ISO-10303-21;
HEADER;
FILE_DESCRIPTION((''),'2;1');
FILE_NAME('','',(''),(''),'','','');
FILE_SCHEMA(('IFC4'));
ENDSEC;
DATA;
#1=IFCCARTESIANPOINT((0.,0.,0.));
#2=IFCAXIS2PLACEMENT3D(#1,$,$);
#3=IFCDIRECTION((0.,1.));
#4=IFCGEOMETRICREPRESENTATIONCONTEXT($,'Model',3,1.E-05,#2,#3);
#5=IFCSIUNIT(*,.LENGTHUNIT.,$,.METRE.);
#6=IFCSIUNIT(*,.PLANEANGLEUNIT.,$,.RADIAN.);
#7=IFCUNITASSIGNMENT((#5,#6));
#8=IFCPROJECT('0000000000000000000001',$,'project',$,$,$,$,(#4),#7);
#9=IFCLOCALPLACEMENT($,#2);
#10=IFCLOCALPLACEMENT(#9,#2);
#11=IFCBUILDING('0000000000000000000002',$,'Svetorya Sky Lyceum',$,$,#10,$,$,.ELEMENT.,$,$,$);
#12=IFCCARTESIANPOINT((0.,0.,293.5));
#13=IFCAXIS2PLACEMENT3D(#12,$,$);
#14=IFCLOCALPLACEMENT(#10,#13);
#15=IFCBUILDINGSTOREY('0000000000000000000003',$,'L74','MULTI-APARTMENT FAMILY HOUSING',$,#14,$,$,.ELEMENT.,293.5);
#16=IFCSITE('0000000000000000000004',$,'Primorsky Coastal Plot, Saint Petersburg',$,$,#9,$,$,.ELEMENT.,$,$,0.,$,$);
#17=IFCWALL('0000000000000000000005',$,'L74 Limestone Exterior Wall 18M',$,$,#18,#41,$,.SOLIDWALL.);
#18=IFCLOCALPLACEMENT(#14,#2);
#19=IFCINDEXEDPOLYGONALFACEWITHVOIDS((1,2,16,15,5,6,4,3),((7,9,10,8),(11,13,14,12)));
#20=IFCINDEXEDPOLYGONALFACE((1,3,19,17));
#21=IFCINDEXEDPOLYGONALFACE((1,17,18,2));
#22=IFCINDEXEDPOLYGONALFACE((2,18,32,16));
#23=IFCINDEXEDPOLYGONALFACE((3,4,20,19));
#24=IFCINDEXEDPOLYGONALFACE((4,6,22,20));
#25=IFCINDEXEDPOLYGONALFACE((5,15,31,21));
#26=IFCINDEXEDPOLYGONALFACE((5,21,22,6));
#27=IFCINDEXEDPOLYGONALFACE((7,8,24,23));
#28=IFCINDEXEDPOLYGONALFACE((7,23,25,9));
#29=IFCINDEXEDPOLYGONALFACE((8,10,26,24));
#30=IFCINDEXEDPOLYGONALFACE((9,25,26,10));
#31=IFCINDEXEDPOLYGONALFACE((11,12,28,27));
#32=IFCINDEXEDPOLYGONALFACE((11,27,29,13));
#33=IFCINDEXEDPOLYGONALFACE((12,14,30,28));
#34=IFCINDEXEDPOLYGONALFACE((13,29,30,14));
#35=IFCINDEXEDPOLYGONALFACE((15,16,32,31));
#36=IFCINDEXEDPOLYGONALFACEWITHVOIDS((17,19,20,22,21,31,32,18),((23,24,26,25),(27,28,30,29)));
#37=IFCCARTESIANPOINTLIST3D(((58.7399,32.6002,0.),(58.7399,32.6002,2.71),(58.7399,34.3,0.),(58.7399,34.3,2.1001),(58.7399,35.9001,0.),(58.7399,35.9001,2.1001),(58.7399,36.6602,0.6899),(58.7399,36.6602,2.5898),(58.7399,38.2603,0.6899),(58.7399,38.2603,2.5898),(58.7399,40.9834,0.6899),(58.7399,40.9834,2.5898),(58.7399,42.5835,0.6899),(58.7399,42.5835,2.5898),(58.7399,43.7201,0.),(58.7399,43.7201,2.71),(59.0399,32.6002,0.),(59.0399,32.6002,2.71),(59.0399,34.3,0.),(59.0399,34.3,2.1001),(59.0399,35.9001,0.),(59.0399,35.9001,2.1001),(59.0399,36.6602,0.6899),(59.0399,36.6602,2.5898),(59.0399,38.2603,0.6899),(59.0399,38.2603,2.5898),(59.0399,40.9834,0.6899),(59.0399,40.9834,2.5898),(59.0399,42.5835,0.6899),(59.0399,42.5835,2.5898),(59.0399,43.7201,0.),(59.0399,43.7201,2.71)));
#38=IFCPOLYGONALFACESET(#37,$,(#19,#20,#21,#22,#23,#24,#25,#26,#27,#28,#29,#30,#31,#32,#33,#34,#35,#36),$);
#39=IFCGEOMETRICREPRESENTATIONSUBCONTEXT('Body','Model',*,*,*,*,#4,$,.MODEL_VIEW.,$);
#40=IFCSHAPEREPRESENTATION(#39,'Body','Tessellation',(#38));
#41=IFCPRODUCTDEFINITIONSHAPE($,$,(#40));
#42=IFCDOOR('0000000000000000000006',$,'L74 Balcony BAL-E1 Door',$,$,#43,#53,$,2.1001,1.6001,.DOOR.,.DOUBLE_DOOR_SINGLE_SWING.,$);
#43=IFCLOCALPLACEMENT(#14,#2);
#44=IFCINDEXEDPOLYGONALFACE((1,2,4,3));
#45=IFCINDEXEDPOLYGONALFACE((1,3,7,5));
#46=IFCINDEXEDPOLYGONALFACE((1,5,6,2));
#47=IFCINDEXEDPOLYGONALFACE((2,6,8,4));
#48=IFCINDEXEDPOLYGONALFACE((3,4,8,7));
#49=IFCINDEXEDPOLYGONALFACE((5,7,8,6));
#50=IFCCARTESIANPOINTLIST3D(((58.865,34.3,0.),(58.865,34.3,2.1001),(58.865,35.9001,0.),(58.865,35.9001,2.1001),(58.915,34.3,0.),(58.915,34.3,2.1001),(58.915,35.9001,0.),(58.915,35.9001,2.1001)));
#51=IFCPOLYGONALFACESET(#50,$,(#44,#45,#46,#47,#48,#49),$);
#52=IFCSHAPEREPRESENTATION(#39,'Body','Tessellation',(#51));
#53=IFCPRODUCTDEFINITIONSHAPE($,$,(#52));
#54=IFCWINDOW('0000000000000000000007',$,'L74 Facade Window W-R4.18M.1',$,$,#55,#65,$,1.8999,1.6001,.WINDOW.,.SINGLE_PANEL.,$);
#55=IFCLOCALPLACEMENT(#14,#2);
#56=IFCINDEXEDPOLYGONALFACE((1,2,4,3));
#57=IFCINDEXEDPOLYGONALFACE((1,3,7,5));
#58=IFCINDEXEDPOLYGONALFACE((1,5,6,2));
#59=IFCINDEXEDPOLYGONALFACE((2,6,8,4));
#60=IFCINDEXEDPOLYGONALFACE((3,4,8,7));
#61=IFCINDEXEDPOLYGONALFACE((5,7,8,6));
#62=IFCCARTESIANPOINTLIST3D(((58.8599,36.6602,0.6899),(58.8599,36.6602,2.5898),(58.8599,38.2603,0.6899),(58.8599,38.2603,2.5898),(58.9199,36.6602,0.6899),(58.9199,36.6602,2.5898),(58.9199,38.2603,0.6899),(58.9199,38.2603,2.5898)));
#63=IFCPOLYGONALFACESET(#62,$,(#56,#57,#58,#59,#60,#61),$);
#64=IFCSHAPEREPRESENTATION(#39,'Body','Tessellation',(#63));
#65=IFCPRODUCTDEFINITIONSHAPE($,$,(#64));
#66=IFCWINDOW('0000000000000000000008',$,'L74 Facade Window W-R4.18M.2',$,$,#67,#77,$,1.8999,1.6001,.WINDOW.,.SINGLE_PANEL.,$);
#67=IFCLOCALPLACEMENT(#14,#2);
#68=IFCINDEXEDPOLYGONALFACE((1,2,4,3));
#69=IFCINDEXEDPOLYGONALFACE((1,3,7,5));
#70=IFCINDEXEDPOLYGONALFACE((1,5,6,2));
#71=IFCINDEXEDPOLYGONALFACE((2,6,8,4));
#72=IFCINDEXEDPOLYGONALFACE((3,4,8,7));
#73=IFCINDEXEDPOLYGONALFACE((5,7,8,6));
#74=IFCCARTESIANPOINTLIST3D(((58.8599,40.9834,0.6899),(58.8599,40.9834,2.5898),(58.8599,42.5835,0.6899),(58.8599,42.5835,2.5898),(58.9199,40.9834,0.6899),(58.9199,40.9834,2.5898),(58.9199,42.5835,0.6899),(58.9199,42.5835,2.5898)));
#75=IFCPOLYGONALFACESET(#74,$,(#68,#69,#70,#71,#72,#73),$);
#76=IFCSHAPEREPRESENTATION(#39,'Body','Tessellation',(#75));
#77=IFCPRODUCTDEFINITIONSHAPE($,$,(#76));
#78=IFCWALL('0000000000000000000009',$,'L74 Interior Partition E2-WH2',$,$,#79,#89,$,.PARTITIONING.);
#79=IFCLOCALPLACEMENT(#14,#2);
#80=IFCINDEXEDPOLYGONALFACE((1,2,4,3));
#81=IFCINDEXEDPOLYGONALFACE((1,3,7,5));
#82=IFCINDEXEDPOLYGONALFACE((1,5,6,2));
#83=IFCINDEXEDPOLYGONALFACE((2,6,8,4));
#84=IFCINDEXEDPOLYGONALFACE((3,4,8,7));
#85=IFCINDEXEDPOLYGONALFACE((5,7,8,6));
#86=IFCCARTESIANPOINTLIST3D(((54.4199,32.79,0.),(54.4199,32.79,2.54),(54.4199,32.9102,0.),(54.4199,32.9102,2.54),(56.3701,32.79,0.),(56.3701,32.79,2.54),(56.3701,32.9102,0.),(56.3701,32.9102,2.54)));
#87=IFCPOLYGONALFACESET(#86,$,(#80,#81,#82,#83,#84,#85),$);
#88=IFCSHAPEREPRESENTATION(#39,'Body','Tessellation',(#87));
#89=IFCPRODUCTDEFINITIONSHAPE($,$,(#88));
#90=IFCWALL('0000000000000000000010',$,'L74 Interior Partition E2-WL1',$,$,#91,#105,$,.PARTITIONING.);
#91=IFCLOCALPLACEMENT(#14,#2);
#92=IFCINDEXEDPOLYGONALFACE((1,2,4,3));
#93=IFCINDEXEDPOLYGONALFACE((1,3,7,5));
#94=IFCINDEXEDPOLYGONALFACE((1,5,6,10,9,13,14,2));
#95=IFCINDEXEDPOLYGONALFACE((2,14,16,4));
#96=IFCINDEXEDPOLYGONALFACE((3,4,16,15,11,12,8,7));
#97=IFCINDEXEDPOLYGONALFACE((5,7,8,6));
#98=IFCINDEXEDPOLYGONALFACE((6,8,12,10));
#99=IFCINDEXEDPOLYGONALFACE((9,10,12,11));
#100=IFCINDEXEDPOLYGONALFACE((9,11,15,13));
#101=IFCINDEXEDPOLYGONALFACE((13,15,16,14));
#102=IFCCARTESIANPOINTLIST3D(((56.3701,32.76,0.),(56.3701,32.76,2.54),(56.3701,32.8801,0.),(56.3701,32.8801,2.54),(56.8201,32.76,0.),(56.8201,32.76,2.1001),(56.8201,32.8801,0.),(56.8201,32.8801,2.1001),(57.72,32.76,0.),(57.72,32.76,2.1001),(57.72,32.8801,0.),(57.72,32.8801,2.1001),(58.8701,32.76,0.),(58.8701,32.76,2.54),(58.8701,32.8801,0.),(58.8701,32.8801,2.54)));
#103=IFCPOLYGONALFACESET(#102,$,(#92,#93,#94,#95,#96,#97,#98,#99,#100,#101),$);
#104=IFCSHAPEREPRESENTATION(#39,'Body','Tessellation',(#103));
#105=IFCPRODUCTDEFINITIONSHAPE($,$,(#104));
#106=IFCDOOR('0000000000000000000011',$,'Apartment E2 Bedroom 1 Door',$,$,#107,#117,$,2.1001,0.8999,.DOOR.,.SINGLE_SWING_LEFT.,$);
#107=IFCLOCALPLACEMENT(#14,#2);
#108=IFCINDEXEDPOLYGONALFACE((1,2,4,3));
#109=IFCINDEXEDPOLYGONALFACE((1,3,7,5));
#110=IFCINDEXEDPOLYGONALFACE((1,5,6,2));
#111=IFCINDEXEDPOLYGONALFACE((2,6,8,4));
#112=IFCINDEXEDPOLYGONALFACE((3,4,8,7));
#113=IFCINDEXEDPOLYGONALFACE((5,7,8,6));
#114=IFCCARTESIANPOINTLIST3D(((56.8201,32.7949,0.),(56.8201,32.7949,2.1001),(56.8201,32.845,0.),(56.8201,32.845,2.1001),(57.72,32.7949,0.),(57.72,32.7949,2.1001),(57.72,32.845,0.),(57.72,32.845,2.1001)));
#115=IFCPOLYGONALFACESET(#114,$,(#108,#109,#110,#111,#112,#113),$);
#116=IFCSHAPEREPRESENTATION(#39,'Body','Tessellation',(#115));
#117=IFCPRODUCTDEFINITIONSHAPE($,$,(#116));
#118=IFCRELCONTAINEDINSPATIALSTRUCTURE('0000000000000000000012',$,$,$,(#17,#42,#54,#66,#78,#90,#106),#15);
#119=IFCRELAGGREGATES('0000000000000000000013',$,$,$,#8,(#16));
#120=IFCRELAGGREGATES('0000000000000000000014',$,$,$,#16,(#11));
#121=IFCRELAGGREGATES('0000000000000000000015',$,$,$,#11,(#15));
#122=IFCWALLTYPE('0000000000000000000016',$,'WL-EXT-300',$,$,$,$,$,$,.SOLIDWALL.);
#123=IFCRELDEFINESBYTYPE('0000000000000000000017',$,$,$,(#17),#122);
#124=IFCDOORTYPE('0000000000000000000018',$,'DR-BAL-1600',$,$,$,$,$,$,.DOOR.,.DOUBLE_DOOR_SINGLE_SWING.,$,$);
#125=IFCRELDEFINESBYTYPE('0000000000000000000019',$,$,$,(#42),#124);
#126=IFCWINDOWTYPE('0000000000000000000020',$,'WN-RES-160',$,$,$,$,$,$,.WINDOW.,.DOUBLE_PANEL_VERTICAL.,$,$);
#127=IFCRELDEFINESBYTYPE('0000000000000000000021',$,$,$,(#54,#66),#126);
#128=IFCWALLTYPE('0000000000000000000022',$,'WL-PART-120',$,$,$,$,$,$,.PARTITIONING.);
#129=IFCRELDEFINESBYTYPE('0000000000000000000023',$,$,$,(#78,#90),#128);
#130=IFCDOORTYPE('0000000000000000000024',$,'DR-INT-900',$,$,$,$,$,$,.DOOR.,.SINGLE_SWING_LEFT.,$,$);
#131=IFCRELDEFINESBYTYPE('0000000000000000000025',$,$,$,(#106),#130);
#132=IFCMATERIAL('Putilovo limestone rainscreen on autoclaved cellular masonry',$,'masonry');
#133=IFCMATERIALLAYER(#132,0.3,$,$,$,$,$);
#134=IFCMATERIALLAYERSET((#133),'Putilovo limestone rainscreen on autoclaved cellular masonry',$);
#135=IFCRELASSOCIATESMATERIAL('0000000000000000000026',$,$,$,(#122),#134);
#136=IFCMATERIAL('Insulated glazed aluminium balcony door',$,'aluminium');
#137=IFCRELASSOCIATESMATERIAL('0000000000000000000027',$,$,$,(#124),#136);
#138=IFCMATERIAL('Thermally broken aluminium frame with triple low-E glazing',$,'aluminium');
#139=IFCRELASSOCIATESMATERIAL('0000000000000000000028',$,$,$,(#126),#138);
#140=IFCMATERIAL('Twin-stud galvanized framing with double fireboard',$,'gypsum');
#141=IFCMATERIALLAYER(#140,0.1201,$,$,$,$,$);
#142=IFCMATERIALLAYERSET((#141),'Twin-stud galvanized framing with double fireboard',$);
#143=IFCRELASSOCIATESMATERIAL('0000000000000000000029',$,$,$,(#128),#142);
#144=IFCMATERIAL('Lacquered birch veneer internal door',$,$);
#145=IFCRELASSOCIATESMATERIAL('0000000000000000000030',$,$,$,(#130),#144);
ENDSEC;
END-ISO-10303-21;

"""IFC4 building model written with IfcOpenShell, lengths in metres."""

from ifc_helpers import new_model, si_unit, direction, frame, frame_2d, origin, place, context, subcontext, project, spatial, rectangle, extrude, material, layer, layer_set, type_object, element, fill, save


model = new_model("IFC4")

# Units and contexts
model_context = context("Model", 3, precision=1e-05, world=origin(), true_north=direction((0.0, 1.0)))
body_context = subcontext(model_context, "Body", "Model", "MODEL_VIEW")
ifc_project = project(units=[si_unit("LENGTHUNIT", "METRE"), si_unit("PLANEANGLEUNIT", "RADIAN")], contexts=[model_context])

# Site, building, storey
site_placement = place(None, origin())
site = spatial("IfcSite", under=ifc_project, at=site_placement, Name="Primorsky Coastal Plot, Saint Petersburg", CompositionType="ELEMENT", RefElevation=0.0)
building_placement = place(site_placement, origin())
building = spatial("IfcBuilding", under=site, at=building_placement, Name="Svetorya Sky Lyceum", CompositionType="ELEMENT")
storey_placement = place(building_placement, frame((0.0, 0.0, 293.5)))
storey = spatial("IfcBuildingStorey", under=building, at=storey_placement, Name="L74", Description="MULTI-APARTMENT FAMILY HOUSING", CompositionType="ELEMENT", Elevation=293.5)

# Wall, openings, door, windows
ifc_material_1 = material(Name="Putilovo limestone rainscreen on autoclaved cellular masonry", Category="masonry")
ifc_layer_1 = layer(ifc_material_1, 0.3)
ifc_layer_set_1 = layer_set([ifc_layer_1], Name="Putilovo limestone rainscreen on autoclaved cellular masonry")
wall_type_1 = type_object("IfcWallType", Name="WL-EXT-300", PredefinedType="SOLIDWALL", material=ifc_layer_set_1)
wall_1_placement = place(storey_placement, frame((58.8899, 32.6001, 0.0), z_axis=(0.0, 0.0, 1.0), x_axis=(0.0, 1.0, 0.0)))
wall_1 = element("IfcWall", 1, at=wall_1_placement, inside=storey, type_object=wall_type_1, Name="L74 Limestone Exterior Wall 18M", PredefinedType="SOLIDWALL", context=body_context, shape_type="SweptSolid", body=[
    extrude(rectangle(XDim=11.1199, YDim=0.3, at=frame_2d((5.5601, 0.0))), origin(), (0.0, 0.0, 1.0), 2.71),
])
opening_1_placement = place(wall_1_placement, frame((1.7, 0.0, 0.0)))
opening_1 = element("IfcOpeningElement", 2, at=opening_1_placement, cuts=wall_1, PredefinedType="OPENING", context=body_context, shape_type="SweptSolid", body=[
    extrude(rectangle(XDim=1.6001, YDim=2.1001, at=frame_2d((0.8, 1.05))), frame((0.0, 0.1599, 0.0), z_axis=(0.0, -1.0, 0.0), x_axis=(1.0, 0.0, 0.0)), (0.0, 0.0, 1.0), 0.3201),
])
opening_2_placement = place(wall_1_placement, frame((4.0601, 0.0, 0.6899)))
opening_2 = element("IfcOpeningElement", 3, at=opening_2_placement, cuts=wall_1, PredefinedType="OPENING", context=body_context, shape_type="SweptSolid", body=[
    extrude(rectangle(XDim=1.6001, YDim=1.8999, at=frame_2d((0.8, 0.95))), frame((0.0, 0.1599, 0.0), z_axis=(0.0, -1.0, 0.0), x_axis=(1.0, 0.0, 0.0)), (0.0, 0.0, 1.0), 0.3201),
])
opening_3_placement = place(wall_1_placement, frame((8.3833, 0.0, 0.6899)))
opening_3 = element("IfcOpeningElement", 4, at=opening_3_placement, cuts=wall_1, PredefinedType="OPENING", context=body_context, shape_type="SweptSolid", body=[
    extrude(rectangle(XDim=1.6001, YDim=1.8999, at=frame_2d((0.8, 0.95))), frame((0.0, 0.1599, 0.0), z_axis=(0.0, -1.0, 0.0), x_axis=(1.0, 0.0, 0.0)), (0.0, 0.0, 1.0), 0.3201),
])
ifc_material_2 = material(Name="Insulated glazed aluminium balcony door", Category="aluminium")
door_type_1 = type_object("IfcDoorType", Name="DR-BAL-1600", OperationType="DOUBLE_DOOR_SINGLE_SWING", PredefinedType="DOOR", material=ifc_material_2)
door_1_placement = place(opening_1_placement, origin())
door_1 = element("IfcDoor", 5, at=door_1_placement, inside=storey, type_object=door_type_1, Name="L74 Balcony BAL-E1 Door", OperationType="DOUBLE_DOOR_SINGLE_SWING", OverallHeight=2.1001, OverallWidth=1.6001, PredefinedType="DOOR", context=body_context, shape_type="SweptSolid", body=[
    extrude(rectangle(XDim=1.6001, YDim=2.1001, at=frame_2d((0.8, 1.05))), frame((0.0, 0.0249, 0.0), z_axis=(0.0, -1.0, 0.0), x_axis=(1.0, 0.0, 0.0)), (0.0, 0.0, 1.0), 0.05),
])
fill(opening_1, door_1)
ifc_material_3 = material(Name="Thermally broken aluminium frame with triple low-E glazing", Category="aluminium")
window_type = type_object("IfcWindowType", Name="WN-RES-160", PartitioningType="DOUBLE_PANEL_VERTICAL", PredefinedType="WINDOW", material=ifc_material_3)
window_1_placement = place(opening_2_placement, origin())
window_1 = element("IfcWindow", 6, at=window_1_placement, inside=storey, type_object=window_type, Name="L74 Facade Window W-R4.18M.1", OverallHeight=1.8999, OverallWidth=1.6001, PartitioningType="SINGLE_PANEL", PredefinedType="WINDOW", context=body_context, shape_type="SweptSolid", body=[
    extrude(rectangle(XDim=1.6001, YDim=1.8999, at=frame_2d((0.8, 0.95))), frame((0.0, 0.03, 0.0), z_axis=(0.0, -1.0, 0.0), x_axis=(1.0, 0.0, 0.0)), (0.0, 0.0, 1.0), 0.0601),
])
fill(opening_2, window_1)
window_2_placement = place(opening_3_placement, origin())
window_2 = element("IfcWindow", 7, at=window_2_placement, inside=storey, type_object=window_type, Name="L74 Facade Window W-R4.18M.2", OverallHeight=1.8999, OverallWidth=1.6001, PartitioningType="SINGLE_PANEL", PredefinedType="WINDOW", context=body_context, shape_type="SweptSolid", body=[
    extrude(rectangle(XDim=1.6001, YDim=1.8999, at=frame_2d((0.8, 0.95))), frame((0.0, 0.03, 0.0), z_axis=(0.0, -1.0, 0.0), x_axis=(1.0, 0.0, 0.0)), (0.0, 0.0, 1.0), 0.0601),
])
fill(opening_3, window_2)

# Wall
ifc_material_4 = material(Name="Twin-stud galvanized framing with double fireboard", Category="gypsum")
ifc_layer_2 = layer(ifc_material_4, 0.1201)
ifc_layer_set_2 = layer_set([ifc_layer_2], Name="Twin-stud galvanized framing with double fireboard")
wall_type_2 = type_object("IfcWallType", Name="WL-PART-120", PredefinedType="PARTITIONING", material=ifc_layer_set_2)
wall_2_placement = place(storey_placement, frame((54.4199, 32.8501, 0.0), z_axis=(0.0, 0.0, 1.0), x_axis=(1.0, 0.0, 0.0)))
element("IfcWall", 8, at=wall_2_placement, inside=storey, type_object=wall_type_2, Name="L74 Interior Partition E2-WH2", PredefinedType="PARTITIONING", context=body_context, shape_type="SweptSolid", body=[
    extrude(rectangle(XDim=1.9502, YDim=0.1201, at=frame_2d((0.9751, 0.0))), origin(), (0.0, 0.0, 1.0), 2.54),
])

# Wall, opening, door
wall_3_placement = place(storey_placement, frame((56.3701, 32.8201, 0.0), z_axis=(0.0, 0.0, 1.0), x_axis=(1.0, 0.0, 0.0)))
wall_3 = element("IfcWall", 9, at=wall_3_placement, inside=storey, type_object=wall_type_2, Name="L74 Interior Partition E2-WL1", PredefinedType="PARTITIONING", context=body_context, shape_type="SweptSolid", body=[
    extrude(rectangle(XDim=2.5, YDim=0.1201, at=frame_2d((1.25, 0.0))), origin(), (0.0, 0.0, 1.0), 2.54),
])
opening_4_placement = place(wall_3_placement, frame((0.45, 0.0, 0.0)))
opening_4 = element("IfcOpeningElement", 10, at=opening_4_placement, cuts=wall_3, PredefinedType="OPENING", context=body_context, shape_type="SweptSolid", body=[
    extrude(rectangle(XDim=0.8999, YDim=2.1001, at=frame_2d((0.45, 1.05))), frame((0.0, 0.0701, 0.0), z_axis=(0.0, -1.0, 0.0), x_axis=(1.0, 0.0, 0.0)), (0.0, 0.0, 1.0), 0.1401),
])
ifc_material_5 = material(Name="Lacquered birch veneer internal door")
door_type_2 = type_object("IfcDoorType", Name="DR-INT-900", OperationType="SINGLE_SWING_LEFT", PredefinedType="DOOR", material=ifc_material_5)
door_2_placement = place(opening_4_placement, origin())
door_2 = element("IfcDoor", 11, at=door_2_placement, inside=storey, type_object=door_type_2, Name="Apartment E2 Bedroom 1 Door", OperationType="SINGLE_SWING_LEFT", OverallHeight=2.1001, OverallWidth=0.8999, PredefinedType="DOOR", context=body_context, shape_type="SweptSolid", body=[
    extrude(rectangle(XDim=0.8999, YDim=2.1001, at=frame_2d((0.45, 1.05))), frame((0.0, 0.0249, 0.0), z_axis=(0.0, -1.0, 0.0), x_axis=(1.0, 0.0, 0.0)), (0.0, 0.0, 1.0), 0.05),
])
fill(opening_4, door_2)

save(model, "model.ifc")
